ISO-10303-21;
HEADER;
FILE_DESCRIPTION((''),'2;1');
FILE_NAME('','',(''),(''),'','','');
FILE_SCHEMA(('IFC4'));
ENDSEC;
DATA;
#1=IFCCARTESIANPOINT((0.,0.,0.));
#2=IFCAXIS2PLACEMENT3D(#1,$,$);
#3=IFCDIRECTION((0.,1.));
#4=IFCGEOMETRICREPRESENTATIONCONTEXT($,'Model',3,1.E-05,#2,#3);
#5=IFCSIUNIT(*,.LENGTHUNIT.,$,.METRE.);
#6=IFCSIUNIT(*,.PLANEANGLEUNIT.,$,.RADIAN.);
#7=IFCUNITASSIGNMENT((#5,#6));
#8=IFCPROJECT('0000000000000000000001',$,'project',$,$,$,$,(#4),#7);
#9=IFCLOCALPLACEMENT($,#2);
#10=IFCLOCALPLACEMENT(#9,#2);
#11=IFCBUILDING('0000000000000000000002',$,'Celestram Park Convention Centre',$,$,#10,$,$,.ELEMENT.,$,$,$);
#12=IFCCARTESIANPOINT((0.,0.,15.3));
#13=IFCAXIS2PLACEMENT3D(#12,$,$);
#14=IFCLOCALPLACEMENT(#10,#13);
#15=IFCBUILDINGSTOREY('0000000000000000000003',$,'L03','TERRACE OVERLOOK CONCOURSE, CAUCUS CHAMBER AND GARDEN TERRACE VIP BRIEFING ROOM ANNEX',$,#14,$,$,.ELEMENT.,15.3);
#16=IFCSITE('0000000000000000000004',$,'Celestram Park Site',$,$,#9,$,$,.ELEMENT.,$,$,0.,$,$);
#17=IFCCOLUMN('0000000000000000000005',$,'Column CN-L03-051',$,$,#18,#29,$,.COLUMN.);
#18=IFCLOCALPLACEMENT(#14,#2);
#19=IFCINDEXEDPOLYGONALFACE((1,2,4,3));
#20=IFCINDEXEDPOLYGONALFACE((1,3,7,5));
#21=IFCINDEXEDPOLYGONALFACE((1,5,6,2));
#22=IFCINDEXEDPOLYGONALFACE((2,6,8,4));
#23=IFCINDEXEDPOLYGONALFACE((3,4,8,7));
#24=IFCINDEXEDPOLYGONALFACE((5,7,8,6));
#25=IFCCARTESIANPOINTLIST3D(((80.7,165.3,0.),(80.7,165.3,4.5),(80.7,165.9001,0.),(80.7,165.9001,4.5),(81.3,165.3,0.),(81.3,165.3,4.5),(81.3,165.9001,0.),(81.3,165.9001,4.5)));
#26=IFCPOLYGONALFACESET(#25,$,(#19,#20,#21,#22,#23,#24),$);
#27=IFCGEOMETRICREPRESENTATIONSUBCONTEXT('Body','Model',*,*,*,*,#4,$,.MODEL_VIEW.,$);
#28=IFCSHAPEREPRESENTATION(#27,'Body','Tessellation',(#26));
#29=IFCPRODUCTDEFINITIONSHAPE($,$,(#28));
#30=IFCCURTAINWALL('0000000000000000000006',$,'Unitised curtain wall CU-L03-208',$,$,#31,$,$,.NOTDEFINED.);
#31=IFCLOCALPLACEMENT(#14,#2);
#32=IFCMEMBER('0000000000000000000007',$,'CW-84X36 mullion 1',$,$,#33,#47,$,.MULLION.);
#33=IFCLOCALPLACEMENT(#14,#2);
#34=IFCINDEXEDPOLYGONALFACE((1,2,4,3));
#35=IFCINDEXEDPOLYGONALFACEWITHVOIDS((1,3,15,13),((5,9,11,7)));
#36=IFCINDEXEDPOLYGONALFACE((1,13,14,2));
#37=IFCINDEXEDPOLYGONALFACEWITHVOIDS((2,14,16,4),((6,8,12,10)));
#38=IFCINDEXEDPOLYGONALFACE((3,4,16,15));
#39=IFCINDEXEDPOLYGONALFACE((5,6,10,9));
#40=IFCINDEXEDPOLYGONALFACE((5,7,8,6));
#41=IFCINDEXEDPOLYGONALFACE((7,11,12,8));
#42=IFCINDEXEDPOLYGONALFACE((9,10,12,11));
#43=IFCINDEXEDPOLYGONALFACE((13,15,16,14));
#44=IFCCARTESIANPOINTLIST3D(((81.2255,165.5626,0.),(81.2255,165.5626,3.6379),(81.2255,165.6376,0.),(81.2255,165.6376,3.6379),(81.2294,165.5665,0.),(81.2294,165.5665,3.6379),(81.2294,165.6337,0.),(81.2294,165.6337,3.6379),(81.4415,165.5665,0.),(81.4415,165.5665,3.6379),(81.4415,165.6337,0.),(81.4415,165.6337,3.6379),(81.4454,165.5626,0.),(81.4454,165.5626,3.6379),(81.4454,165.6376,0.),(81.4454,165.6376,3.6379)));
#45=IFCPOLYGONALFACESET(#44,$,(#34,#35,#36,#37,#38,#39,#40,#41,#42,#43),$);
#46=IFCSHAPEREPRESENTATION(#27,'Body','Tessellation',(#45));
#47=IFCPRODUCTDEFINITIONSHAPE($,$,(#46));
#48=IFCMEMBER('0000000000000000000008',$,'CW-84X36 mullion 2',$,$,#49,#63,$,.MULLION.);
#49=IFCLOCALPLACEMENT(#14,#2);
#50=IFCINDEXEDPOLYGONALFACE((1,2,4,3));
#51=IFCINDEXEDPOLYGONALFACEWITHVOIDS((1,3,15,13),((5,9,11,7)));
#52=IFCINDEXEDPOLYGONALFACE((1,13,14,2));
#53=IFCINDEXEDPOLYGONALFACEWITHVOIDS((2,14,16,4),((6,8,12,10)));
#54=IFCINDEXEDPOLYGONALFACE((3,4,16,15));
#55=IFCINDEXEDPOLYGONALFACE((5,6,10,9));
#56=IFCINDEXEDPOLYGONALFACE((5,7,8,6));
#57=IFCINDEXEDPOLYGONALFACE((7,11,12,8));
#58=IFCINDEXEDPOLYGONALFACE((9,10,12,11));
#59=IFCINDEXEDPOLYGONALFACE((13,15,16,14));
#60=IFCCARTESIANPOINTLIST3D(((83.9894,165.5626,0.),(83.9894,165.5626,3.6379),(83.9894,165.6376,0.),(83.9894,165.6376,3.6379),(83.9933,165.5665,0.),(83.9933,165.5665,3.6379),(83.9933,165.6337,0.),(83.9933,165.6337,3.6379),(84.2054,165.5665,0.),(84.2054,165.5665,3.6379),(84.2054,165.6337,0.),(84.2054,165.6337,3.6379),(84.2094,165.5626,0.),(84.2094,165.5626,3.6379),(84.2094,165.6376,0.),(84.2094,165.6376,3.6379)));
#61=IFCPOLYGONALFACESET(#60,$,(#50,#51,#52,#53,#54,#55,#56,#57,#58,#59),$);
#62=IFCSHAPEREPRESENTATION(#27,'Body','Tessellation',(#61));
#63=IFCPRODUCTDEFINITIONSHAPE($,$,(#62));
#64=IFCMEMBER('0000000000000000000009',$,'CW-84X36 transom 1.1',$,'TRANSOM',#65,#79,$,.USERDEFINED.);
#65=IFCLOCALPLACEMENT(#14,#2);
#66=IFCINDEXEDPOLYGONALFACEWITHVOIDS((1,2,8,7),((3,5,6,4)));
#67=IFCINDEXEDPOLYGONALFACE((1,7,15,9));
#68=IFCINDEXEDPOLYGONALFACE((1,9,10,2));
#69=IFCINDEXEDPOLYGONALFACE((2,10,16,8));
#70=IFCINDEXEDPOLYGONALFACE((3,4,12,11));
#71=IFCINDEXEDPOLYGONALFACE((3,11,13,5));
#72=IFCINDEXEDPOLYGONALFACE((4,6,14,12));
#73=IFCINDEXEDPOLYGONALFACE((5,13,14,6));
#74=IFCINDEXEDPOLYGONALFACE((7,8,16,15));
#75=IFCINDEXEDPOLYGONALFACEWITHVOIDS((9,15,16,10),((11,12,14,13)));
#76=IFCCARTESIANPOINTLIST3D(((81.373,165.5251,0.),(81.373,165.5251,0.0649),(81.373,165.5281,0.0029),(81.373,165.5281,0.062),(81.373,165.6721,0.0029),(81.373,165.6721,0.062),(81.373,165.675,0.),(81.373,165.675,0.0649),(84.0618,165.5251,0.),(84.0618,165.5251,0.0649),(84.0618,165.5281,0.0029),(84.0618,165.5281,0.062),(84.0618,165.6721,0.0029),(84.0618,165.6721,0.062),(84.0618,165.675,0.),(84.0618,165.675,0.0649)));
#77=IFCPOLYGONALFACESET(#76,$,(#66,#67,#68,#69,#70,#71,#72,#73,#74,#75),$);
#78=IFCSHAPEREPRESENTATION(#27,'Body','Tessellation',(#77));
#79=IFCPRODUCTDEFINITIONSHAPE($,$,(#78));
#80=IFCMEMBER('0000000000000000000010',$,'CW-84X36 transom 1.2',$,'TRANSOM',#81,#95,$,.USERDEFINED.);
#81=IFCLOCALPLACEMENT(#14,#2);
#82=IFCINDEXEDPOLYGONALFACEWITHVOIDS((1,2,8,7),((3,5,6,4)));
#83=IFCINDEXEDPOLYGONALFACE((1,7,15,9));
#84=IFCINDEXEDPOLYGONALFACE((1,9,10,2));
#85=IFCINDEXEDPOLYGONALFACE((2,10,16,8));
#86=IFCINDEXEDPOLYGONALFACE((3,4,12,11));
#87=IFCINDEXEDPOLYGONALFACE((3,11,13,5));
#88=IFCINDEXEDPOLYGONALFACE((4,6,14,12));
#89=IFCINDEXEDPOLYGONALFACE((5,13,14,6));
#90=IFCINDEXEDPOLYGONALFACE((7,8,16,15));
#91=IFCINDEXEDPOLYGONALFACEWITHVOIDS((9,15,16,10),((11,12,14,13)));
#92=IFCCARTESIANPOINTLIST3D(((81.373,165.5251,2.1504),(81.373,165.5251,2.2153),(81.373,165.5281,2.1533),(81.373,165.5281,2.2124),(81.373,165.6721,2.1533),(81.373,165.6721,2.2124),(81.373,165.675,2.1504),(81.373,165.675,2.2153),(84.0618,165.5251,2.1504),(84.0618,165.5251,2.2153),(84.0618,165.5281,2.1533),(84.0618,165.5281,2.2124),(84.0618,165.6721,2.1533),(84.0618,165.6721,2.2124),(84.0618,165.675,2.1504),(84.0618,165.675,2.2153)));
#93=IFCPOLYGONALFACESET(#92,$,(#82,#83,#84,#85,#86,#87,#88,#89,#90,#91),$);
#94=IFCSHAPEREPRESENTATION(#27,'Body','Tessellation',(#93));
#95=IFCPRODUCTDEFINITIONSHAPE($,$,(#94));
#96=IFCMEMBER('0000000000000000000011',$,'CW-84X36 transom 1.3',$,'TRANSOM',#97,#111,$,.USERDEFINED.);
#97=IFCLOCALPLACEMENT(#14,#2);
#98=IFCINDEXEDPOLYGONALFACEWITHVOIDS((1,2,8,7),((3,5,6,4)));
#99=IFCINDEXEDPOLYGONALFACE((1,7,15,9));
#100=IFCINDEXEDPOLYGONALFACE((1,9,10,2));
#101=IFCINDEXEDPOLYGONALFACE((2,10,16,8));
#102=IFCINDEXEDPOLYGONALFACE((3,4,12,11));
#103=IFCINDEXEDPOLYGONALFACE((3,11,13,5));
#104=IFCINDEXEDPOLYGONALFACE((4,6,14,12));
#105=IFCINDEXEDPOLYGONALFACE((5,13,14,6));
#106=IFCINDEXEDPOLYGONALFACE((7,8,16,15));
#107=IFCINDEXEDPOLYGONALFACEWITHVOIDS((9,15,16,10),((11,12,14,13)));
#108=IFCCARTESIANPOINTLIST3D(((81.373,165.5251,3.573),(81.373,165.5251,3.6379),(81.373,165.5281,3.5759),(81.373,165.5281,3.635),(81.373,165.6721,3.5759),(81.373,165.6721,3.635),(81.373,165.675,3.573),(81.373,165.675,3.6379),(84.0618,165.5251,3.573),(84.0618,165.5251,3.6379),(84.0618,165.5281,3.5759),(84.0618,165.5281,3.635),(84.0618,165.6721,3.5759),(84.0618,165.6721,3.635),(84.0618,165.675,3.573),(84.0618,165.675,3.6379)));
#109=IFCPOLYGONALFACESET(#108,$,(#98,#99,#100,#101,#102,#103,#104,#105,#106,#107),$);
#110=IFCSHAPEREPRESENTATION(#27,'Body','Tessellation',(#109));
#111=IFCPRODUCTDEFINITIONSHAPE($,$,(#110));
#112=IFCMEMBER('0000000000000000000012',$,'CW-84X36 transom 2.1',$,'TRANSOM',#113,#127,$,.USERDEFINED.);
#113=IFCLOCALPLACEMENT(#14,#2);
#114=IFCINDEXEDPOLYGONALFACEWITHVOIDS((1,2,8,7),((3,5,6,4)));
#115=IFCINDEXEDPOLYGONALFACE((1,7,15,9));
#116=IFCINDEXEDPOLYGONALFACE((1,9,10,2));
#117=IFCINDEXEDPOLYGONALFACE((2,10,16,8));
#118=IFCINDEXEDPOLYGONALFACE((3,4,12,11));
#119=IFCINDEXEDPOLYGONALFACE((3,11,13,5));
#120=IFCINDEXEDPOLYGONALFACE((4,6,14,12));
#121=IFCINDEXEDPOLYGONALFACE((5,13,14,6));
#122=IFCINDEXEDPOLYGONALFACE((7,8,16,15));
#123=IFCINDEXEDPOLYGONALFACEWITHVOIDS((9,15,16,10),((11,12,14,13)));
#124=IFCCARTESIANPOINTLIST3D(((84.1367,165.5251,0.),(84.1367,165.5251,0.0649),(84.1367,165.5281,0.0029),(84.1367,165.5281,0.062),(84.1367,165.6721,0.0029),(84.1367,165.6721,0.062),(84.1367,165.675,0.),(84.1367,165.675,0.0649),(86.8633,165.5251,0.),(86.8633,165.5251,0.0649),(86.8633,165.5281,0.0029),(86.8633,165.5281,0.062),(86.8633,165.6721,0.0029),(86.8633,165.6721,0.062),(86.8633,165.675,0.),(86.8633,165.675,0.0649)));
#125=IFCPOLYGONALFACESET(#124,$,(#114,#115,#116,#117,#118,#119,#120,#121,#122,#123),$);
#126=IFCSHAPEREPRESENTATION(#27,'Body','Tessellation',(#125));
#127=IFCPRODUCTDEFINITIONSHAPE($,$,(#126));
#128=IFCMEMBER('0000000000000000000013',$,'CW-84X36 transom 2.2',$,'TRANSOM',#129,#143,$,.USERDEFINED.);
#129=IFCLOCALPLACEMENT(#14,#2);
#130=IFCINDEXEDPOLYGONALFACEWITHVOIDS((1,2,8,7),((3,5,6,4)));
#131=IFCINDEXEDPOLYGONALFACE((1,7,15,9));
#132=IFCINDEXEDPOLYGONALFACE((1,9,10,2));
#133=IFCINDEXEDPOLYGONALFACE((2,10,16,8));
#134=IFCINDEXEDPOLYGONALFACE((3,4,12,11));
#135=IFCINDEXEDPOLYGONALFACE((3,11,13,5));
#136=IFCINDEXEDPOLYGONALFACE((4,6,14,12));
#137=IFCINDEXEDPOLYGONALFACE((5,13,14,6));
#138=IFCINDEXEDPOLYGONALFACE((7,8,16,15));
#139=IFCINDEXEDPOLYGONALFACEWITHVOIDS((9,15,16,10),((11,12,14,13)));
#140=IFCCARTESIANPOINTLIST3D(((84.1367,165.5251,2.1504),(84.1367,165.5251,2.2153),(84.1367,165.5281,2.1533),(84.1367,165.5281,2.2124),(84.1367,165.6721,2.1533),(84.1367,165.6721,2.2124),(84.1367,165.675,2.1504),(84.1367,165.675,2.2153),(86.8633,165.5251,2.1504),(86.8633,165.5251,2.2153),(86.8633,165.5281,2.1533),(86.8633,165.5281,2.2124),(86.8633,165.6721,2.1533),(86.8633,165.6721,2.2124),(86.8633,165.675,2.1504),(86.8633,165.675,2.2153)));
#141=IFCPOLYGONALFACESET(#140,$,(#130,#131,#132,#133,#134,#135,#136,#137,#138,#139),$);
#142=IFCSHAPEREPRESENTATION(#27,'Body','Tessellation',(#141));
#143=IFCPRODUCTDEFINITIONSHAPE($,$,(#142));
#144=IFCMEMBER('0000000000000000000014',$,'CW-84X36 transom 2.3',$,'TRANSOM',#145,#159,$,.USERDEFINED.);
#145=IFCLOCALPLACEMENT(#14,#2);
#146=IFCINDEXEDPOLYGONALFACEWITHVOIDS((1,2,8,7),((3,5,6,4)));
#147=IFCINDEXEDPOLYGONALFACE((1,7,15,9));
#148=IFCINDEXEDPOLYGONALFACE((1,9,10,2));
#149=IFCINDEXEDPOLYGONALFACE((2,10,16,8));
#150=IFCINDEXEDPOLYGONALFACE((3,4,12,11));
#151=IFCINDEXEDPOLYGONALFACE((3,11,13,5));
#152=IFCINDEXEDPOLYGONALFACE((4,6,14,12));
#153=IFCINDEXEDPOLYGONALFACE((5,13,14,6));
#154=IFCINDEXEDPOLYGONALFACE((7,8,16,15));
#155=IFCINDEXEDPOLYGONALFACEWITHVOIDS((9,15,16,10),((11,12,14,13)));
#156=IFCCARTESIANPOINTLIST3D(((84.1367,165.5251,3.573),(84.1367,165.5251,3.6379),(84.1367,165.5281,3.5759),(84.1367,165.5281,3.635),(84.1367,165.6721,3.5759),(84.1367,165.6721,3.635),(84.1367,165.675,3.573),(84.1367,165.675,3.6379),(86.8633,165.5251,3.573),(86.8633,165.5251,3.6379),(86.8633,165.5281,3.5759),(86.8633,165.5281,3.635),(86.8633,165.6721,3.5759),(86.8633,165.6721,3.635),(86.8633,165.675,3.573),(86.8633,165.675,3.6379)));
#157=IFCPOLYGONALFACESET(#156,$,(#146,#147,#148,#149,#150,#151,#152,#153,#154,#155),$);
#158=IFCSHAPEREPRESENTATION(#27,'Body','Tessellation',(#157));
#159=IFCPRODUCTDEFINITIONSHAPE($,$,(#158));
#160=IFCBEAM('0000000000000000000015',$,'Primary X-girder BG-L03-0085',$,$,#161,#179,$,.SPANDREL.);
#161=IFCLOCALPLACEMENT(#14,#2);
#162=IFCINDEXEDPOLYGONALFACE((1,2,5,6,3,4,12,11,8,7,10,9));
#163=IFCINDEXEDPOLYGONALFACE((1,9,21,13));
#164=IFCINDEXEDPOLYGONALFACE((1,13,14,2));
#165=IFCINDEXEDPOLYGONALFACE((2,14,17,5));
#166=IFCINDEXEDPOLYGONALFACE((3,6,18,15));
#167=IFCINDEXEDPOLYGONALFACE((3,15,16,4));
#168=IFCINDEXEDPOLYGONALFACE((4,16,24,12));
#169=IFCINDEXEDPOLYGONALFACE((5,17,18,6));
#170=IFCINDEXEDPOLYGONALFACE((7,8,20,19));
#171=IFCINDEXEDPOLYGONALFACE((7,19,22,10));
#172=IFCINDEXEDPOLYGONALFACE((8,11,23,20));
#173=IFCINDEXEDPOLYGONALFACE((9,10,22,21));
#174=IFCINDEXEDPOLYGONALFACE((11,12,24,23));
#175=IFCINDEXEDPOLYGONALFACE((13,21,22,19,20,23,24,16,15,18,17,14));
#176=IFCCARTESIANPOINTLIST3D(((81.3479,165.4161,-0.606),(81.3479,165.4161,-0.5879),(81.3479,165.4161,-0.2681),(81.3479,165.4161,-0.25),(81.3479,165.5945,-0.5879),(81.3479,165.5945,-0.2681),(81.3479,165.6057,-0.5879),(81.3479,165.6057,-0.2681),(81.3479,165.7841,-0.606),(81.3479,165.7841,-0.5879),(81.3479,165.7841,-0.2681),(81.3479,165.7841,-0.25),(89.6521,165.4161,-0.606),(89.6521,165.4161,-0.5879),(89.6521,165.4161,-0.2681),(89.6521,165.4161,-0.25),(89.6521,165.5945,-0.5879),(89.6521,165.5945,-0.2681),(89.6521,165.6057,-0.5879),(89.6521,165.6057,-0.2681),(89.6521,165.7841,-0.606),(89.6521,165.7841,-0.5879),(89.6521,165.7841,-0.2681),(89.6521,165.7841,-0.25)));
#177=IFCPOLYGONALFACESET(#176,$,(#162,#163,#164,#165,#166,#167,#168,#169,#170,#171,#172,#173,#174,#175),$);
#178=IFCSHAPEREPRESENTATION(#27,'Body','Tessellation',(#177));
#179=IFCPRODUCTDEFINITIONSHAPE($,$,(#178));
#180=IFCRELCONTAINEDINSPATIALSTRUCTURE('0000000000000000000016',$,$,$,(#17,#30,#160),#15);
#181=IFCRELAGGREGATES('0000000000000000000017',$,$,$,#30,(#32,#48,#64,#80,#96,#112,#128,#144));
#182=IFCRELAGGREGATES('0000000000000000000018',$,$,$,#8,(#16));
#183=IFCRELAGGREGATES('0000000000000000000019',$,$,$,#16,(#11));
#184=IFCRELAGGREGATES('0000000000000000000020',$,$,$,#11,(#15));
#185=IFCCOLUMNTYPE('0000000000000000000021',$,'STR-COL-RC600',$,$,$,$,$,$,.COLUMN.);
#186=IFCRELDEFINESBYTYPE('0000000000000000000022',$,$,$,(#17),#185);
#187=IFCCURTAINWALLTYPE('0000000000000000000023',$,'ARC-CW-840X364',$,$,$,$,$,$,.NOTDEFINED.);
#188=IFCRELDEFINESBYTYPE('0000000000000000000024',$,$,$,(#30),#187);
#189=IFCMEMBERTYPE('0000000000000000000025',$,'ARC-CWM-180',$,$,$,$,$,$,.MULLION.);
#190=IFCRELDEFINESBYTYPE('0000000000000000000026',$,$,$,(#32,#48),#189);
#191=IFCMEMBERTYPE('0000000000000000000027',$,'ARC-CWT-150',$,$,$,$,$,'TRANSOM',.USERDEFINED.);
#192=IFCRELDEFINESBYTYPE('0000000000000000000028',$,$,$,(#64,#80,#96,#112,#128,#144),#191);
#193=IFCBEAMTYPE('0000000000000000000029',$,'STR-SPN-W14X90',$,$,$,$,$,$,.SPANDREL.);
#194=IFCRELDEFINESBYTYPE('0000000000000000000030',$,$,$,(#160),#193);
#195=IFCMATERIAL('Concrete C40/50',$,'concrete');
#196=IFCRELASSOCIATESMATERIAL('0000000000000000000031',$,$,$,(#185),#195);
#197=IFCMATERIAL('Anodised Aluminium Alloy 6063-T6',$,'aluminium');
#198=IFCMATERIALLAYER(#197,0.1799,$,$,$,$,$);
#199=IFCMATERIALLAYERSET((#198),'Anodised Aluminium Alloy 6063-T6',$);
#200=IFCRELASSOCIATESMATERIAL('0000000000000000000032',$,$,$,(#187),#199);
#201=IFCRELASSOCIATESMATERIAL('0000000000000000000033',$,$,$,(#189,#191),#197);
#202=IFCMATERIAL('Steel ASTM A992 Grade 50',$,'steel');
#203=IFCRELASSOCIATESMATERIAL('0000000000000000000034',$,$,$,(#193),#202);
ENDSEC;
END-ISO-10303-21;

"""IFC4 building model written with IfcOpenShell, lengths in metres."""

from ifc_helpers import new_model, si_unit, direction, frame, origin, origin_2d, place, context, subcontext, project, spatial, rectangle, hollow_rectangle, i_section, extrude, material, layer, layer_set, material_profile, profile_set, type_object, element, aggregate, save


model = new_model("IFC4")

# Units and contexts
model_context = context("Model", 3, precision=1e-05, world=origin(), true_north=direction((0.0, 1.0)))
body_context = subcontext(model_context, "Body", "Model", "MODEL_VIEW")
ifc_project = project(units=[si_unit("LENGTHUNIT", "METRE"), si_unit("PLANEANGLEUNIT", "RADIAN")], contexts=[model_context])

# Site, building, storey
site_placement = place(None, origin())
site = spatial("IfcSite", under=ifc_project, at=site_placement, Name="Celestram Park Site", CompositionType="ELEMENT", RefElevation=0.0)
building_placement = place(site_placement, origin())
building = spatial("IfcBuilding", under=site, at=building_placement, Name="Celestram Park Convention Centre", CompositionType="ELEMENT")
storey_placement = place(building_placement, frame((0.0, 0.0, 15.3)))
storey = spatial("IfcBuildingStorey", under=building, at=storey_placement, Name="L03", Description="TERRACE OVERLOOK CONCOURSE, CAUCUS CHAMBER AND GARDEN TERRACE VIP BRIEFING ROOM ANNEX", CompositionType="ELEMENT", Elevation=15.3)

# Column
ifc_material_1 = material(Name="Concrete C40/50", Category="concrete")
ifc_material_profile_1 = material_profile(ifc_material_1, rectangle(XDim=0.6001, YDim=0.6001, at=origin_2d()), Name="RC600X600")
ifc_profile_set_1 = profile_set([ifc_material_profile_1], Name="Concrete C40/50")
column_type = type_object("IfcColumnType", Name="STR-COL-RC600", PredefinedType="COLUMN", material=ifc_profile_set_1)
column_placement = place(storey_placement, frame((81.0, 165.6001, 0.0), z_axis=(0.0, 0.0, 1.0), x_axis=(1.0, 0.0, 0.0)))
element("IfcColumn", 1, at=column_placement, inside=storey, type_object=column_type, Name="Column CN-L03-051", PredefinedType="COLUMN", context=body_context, shape_type="SweptSolid", body=[
    extrude(rectangle(XDim=0.6001, YDim=0.6001, at=origin_2d()), origin(), (0.0, 0.0, 1.0), 4.5),
])

# Curtain wall, members
ifc_material_2 = material(Name="Anodised Aluminium Alloy 6063-T6", Category="aluminium")
ifc_layer_1 = layer(ifc_material_2, 0.1799)
ifc_layer_set_1 = layer_set([ifc_layer_1], Name="Anodised Aluminium Alloy 6063-T6")
curtain_wall_type = type_object("IfcCurtainWallType", Name="ARC-CW-840X364", PredefinedType="NOTDEFINED", material=ifc_layer_set_1)
curtain_wall_placement = place(storey_placement, origin())
curtain_wall = element("IfcCurtainWall", 2, at=curtain_wall_placement, inside=storey, type_object=curtain_wall_type, Name="Unitised curtain wall CU-L03-208", PredefinedType="NOTDEFINED")
ifc_material_profile_2 = material_profile(ifc_material_2, hollow_rectangle(XDim=0.075, YDim=0.22, WallThickness=0.0039, at=origin_2d()), Name="ALU75X220X4")
ifc_profile_set_2 = profile_set([ifc_material_profile_2], Name="Anodised Aluminium Alloy 6063-T6")
member_type_1 = type_object("IfcMemberType", Name="ARC-CWM-180", PredefinedType="MULLION", material=ifc_profile_set_2)
member_1_placement = place(storey_placement, frame((81.3354, 165.6001, 0.0), z_axis=(0.0, 0.0, 1.0), x_axis=(0.0, 1.0, 0.0)))
member_1 = element("IfcMember", 3, at=member_1_placement, type_object=member_type_1, Name="CW-84X36 mullion 1", PredefinedType="MULLION", context=body_context, shape_type="SweptSolid", body=[
    extrude(hollow_rectangle(XDim=0.075, YDim=0.22, WallThickness=0.0039, at=origin_2d()), origin(), (0.0, 0.0, 1.0), 3.6379),
])
member_2_placement = place(storey_placement, frame((84.0994, 165.6001, 0.0), z_axis=(0.0, 0.0, 1.0), x_axis=(0.0, 1.0, 0.0)))
member_2 = element("IfcMember", 4, at=member_2_placement, type_object=member_type_1, Name="CW-84X36 mullion 2", PredefinedType="MULLION", context=body_context, shape_type="SweptSolid", body=[
    extrude(hollow_rectangle(XDim=0.075, YDim=0.22, WallThickness=0.0039, at=origin_2d()), origin(), (0.0, 0.0, 1.0), 3.6379),
])
ifc_material_profile_3 = material_profile(ifc_material_2, hollow_rectangle(XDim=0.1499, YDim=0.0649, WallThickness=0.0029, at=origin_2d()), Name="ALU150X65X3")
ifc_profile_set_3 = profile_set([ifc_material_profile_3], Name="Anodised Aluminium Alloy 6063-T6")
member_type_2 = type_object("IfcMemberType", Name="ARC-CWT-150", ElementType="TRANSOM", PredefinedType="USERDEFINED", material=ifc_profile_set_3)
member_3_placement = place(storey_placement, frame((81.373, 165.6001, 0.0325), z_axis=(1.0, 0.0, 0.0), x_axis=(0.0, 1.0, 0.0)))
member_3 = element("IfcMember", 5, at=member_3_placement, type_object=member_type_2, Name="CW-84X36 transom 1.1", ObjectType="TRANSOM", PredefinedType="USERDEFINED", context=body_context, shape_type="SweptSolid", body=[
    extrude(hollow_rectangle(XDim=0.1499, YDim=0.0649, WallThickness=0.0029, at=origin_2d()), origin(), (0.0, 0.0, 1.0), 2.6887),
])
member_4_placement = place(storey_placement, frame((81.373, 165.6001, 2.1829), z_axis=(1.0, 0.0, 0.0), x_axis=(0.0, 1.0, 0.0)))
member_4 = element("IfcMember", 6, at=member_4_placement, type_object=member_type_2, Name="CW-84X36 transom 1.2", ObjectType="TRANSOM", PredefinedType="USERDEFINED", context=body_context, shape_type="SweptSolid", body=[
    extrude(hollow_rectangle(XDim=0.1499, YDim=0.0649, WallThickness=0.0029, at=origin_2d()), origin(), (0.0, 0.0, 1.0), 2.6887),
])
member_5_placement = place(storey_placement, frame((81.373, 165.6001, 3.6055), z_axis=(1.0, 0.0, 0.0), x_axis=(0.0, 1.0, 0.0)))
member_5 = element("IfcMember", 7, at=member_5_placement, type_object=member_type_2, Name="CW-84X36 transom 1.3", ObjectType="TRANSOM", PredefinedType="USERDEFINED", context=body_context, shape_type="SweptSolid", body=[
    extrude(hollow_rectangle(XDim=0.1499, YDim=0.0649, WallThickness=0.0029, at=origin_2d()), origin(), (0.0, 0.0, 1.0), 2.6887),
])
member_6_placement = place(storey_placement, frame((84.1367, 165.6001, 0.0325), z_axis=(1.0, 0.0, 0.0), x_axis=(0.0, 1.0, 0.0)))
member_6 = element("IfcMember", 8, at=member_6_placement, type_object=member_type_2, Name="CW-84X36 transom 2.1", ObjectType="TRANSOM", PredefinedType="USERDEFINED", context=body_context, shape_type="SweptSolid", body=[
    extrude(hollow_rectangle(XDim=0.1499, YDim=0.0649, WallThickness=0.0029, at=origin_2d()), origin(), (0.0, 0.0, 1.0), 2.7266),
])
member_7_placement = place(storey_placement, frame((84.1367, 165.6001, 2.1829), z_axis=(1.0, 0.0, 0.0), x_axis=(0.0, 1.0, 0.0)))
member_7 = element("IfcMember", 9, at=member_7_placement, type_object=member_type_2, Name="CW-84X36 transom 2.2", ObjectType="TRANSOM", PredefinedType="USERDEFINED", context=body_context, shape_type="SweptSolid", body=[
    extrude(hollow_rectangle(XDim=0.1499, YDim=0.0649, WallThickness=0.0029, at=origin_2d()), origin(), (0.0, 0.0, 1.0), 2.7266),
])
member_8_placement = place(storey_placement, frame((84.1367, 165.6001, 3.6055), z_axis=(1.0, 0.0, 0.0), x_axis=(0.0, 1.0, 0.0)))
member_8 = element("IfcMember", 10, at=member_8_placement, type_object=member_type_2, Name="CW-84X36 transom 2.3", ObjectType="TRANSOM", PredefinedType="USERDEFINED", context=body_context, shape_type="SweptSolid", body=[
    extrude(hollow_rectangle(XDim=0.1499, YDim=0.0649, WallThickness=0.0029, at=origin_2d()), origin(), (0.0, 0.0, 1.0), 2.7266),
])

# Beam
ifc_material_3 = material(Name="Steel ASTM A992 Grade 50", Category="steel")
ifc_material_profile_4 = material_profile(ifc_material_3, i_section(OverallWidth=0.3679, OverallDepth=0.356, WebThickness=0.0112, FlangeThickness=0.0181, at=origin_2d()), Name="W14X90")
ifc_profile_set_4 = profile_set([ifc_material_profile_4], Name="Steel ASTM A992 Grade 50")
beam_type = type_object("IfcBeamType", Name="STR-SPN-W14X90", PredefinedType="SPANDREL", material=ifc_profile_set_4)
beam_placement = place(storey_placement, frame((81.3479, 165.6001, -0.428), z_axis=(1.0, 0.0, 0.0), x_axis=(0.0, 1.0, 0.0)))
element("IfcBeam", 11, at=beam_placement, inside=storey, type_object=beam_type, Name="Primary X-girder BG-L03-0085", PredefinedType="SPANDREL", context=body_context, shape_type="SweptSolid", body=[
    extrude(i_section(OverallWidth=0.3679, OverallDepth=0.356, WebThickness=0.0112, FlangeThickness=0.0181, at=origin_2d()), origin(), (0.0, 0.0, 1.0), 8.3042),
])

aggregate(curtain_wall, [member_1, member_2, member_3, member_4, member_5, member_6, member_7, member_8])

save(model, "model.ifc")
